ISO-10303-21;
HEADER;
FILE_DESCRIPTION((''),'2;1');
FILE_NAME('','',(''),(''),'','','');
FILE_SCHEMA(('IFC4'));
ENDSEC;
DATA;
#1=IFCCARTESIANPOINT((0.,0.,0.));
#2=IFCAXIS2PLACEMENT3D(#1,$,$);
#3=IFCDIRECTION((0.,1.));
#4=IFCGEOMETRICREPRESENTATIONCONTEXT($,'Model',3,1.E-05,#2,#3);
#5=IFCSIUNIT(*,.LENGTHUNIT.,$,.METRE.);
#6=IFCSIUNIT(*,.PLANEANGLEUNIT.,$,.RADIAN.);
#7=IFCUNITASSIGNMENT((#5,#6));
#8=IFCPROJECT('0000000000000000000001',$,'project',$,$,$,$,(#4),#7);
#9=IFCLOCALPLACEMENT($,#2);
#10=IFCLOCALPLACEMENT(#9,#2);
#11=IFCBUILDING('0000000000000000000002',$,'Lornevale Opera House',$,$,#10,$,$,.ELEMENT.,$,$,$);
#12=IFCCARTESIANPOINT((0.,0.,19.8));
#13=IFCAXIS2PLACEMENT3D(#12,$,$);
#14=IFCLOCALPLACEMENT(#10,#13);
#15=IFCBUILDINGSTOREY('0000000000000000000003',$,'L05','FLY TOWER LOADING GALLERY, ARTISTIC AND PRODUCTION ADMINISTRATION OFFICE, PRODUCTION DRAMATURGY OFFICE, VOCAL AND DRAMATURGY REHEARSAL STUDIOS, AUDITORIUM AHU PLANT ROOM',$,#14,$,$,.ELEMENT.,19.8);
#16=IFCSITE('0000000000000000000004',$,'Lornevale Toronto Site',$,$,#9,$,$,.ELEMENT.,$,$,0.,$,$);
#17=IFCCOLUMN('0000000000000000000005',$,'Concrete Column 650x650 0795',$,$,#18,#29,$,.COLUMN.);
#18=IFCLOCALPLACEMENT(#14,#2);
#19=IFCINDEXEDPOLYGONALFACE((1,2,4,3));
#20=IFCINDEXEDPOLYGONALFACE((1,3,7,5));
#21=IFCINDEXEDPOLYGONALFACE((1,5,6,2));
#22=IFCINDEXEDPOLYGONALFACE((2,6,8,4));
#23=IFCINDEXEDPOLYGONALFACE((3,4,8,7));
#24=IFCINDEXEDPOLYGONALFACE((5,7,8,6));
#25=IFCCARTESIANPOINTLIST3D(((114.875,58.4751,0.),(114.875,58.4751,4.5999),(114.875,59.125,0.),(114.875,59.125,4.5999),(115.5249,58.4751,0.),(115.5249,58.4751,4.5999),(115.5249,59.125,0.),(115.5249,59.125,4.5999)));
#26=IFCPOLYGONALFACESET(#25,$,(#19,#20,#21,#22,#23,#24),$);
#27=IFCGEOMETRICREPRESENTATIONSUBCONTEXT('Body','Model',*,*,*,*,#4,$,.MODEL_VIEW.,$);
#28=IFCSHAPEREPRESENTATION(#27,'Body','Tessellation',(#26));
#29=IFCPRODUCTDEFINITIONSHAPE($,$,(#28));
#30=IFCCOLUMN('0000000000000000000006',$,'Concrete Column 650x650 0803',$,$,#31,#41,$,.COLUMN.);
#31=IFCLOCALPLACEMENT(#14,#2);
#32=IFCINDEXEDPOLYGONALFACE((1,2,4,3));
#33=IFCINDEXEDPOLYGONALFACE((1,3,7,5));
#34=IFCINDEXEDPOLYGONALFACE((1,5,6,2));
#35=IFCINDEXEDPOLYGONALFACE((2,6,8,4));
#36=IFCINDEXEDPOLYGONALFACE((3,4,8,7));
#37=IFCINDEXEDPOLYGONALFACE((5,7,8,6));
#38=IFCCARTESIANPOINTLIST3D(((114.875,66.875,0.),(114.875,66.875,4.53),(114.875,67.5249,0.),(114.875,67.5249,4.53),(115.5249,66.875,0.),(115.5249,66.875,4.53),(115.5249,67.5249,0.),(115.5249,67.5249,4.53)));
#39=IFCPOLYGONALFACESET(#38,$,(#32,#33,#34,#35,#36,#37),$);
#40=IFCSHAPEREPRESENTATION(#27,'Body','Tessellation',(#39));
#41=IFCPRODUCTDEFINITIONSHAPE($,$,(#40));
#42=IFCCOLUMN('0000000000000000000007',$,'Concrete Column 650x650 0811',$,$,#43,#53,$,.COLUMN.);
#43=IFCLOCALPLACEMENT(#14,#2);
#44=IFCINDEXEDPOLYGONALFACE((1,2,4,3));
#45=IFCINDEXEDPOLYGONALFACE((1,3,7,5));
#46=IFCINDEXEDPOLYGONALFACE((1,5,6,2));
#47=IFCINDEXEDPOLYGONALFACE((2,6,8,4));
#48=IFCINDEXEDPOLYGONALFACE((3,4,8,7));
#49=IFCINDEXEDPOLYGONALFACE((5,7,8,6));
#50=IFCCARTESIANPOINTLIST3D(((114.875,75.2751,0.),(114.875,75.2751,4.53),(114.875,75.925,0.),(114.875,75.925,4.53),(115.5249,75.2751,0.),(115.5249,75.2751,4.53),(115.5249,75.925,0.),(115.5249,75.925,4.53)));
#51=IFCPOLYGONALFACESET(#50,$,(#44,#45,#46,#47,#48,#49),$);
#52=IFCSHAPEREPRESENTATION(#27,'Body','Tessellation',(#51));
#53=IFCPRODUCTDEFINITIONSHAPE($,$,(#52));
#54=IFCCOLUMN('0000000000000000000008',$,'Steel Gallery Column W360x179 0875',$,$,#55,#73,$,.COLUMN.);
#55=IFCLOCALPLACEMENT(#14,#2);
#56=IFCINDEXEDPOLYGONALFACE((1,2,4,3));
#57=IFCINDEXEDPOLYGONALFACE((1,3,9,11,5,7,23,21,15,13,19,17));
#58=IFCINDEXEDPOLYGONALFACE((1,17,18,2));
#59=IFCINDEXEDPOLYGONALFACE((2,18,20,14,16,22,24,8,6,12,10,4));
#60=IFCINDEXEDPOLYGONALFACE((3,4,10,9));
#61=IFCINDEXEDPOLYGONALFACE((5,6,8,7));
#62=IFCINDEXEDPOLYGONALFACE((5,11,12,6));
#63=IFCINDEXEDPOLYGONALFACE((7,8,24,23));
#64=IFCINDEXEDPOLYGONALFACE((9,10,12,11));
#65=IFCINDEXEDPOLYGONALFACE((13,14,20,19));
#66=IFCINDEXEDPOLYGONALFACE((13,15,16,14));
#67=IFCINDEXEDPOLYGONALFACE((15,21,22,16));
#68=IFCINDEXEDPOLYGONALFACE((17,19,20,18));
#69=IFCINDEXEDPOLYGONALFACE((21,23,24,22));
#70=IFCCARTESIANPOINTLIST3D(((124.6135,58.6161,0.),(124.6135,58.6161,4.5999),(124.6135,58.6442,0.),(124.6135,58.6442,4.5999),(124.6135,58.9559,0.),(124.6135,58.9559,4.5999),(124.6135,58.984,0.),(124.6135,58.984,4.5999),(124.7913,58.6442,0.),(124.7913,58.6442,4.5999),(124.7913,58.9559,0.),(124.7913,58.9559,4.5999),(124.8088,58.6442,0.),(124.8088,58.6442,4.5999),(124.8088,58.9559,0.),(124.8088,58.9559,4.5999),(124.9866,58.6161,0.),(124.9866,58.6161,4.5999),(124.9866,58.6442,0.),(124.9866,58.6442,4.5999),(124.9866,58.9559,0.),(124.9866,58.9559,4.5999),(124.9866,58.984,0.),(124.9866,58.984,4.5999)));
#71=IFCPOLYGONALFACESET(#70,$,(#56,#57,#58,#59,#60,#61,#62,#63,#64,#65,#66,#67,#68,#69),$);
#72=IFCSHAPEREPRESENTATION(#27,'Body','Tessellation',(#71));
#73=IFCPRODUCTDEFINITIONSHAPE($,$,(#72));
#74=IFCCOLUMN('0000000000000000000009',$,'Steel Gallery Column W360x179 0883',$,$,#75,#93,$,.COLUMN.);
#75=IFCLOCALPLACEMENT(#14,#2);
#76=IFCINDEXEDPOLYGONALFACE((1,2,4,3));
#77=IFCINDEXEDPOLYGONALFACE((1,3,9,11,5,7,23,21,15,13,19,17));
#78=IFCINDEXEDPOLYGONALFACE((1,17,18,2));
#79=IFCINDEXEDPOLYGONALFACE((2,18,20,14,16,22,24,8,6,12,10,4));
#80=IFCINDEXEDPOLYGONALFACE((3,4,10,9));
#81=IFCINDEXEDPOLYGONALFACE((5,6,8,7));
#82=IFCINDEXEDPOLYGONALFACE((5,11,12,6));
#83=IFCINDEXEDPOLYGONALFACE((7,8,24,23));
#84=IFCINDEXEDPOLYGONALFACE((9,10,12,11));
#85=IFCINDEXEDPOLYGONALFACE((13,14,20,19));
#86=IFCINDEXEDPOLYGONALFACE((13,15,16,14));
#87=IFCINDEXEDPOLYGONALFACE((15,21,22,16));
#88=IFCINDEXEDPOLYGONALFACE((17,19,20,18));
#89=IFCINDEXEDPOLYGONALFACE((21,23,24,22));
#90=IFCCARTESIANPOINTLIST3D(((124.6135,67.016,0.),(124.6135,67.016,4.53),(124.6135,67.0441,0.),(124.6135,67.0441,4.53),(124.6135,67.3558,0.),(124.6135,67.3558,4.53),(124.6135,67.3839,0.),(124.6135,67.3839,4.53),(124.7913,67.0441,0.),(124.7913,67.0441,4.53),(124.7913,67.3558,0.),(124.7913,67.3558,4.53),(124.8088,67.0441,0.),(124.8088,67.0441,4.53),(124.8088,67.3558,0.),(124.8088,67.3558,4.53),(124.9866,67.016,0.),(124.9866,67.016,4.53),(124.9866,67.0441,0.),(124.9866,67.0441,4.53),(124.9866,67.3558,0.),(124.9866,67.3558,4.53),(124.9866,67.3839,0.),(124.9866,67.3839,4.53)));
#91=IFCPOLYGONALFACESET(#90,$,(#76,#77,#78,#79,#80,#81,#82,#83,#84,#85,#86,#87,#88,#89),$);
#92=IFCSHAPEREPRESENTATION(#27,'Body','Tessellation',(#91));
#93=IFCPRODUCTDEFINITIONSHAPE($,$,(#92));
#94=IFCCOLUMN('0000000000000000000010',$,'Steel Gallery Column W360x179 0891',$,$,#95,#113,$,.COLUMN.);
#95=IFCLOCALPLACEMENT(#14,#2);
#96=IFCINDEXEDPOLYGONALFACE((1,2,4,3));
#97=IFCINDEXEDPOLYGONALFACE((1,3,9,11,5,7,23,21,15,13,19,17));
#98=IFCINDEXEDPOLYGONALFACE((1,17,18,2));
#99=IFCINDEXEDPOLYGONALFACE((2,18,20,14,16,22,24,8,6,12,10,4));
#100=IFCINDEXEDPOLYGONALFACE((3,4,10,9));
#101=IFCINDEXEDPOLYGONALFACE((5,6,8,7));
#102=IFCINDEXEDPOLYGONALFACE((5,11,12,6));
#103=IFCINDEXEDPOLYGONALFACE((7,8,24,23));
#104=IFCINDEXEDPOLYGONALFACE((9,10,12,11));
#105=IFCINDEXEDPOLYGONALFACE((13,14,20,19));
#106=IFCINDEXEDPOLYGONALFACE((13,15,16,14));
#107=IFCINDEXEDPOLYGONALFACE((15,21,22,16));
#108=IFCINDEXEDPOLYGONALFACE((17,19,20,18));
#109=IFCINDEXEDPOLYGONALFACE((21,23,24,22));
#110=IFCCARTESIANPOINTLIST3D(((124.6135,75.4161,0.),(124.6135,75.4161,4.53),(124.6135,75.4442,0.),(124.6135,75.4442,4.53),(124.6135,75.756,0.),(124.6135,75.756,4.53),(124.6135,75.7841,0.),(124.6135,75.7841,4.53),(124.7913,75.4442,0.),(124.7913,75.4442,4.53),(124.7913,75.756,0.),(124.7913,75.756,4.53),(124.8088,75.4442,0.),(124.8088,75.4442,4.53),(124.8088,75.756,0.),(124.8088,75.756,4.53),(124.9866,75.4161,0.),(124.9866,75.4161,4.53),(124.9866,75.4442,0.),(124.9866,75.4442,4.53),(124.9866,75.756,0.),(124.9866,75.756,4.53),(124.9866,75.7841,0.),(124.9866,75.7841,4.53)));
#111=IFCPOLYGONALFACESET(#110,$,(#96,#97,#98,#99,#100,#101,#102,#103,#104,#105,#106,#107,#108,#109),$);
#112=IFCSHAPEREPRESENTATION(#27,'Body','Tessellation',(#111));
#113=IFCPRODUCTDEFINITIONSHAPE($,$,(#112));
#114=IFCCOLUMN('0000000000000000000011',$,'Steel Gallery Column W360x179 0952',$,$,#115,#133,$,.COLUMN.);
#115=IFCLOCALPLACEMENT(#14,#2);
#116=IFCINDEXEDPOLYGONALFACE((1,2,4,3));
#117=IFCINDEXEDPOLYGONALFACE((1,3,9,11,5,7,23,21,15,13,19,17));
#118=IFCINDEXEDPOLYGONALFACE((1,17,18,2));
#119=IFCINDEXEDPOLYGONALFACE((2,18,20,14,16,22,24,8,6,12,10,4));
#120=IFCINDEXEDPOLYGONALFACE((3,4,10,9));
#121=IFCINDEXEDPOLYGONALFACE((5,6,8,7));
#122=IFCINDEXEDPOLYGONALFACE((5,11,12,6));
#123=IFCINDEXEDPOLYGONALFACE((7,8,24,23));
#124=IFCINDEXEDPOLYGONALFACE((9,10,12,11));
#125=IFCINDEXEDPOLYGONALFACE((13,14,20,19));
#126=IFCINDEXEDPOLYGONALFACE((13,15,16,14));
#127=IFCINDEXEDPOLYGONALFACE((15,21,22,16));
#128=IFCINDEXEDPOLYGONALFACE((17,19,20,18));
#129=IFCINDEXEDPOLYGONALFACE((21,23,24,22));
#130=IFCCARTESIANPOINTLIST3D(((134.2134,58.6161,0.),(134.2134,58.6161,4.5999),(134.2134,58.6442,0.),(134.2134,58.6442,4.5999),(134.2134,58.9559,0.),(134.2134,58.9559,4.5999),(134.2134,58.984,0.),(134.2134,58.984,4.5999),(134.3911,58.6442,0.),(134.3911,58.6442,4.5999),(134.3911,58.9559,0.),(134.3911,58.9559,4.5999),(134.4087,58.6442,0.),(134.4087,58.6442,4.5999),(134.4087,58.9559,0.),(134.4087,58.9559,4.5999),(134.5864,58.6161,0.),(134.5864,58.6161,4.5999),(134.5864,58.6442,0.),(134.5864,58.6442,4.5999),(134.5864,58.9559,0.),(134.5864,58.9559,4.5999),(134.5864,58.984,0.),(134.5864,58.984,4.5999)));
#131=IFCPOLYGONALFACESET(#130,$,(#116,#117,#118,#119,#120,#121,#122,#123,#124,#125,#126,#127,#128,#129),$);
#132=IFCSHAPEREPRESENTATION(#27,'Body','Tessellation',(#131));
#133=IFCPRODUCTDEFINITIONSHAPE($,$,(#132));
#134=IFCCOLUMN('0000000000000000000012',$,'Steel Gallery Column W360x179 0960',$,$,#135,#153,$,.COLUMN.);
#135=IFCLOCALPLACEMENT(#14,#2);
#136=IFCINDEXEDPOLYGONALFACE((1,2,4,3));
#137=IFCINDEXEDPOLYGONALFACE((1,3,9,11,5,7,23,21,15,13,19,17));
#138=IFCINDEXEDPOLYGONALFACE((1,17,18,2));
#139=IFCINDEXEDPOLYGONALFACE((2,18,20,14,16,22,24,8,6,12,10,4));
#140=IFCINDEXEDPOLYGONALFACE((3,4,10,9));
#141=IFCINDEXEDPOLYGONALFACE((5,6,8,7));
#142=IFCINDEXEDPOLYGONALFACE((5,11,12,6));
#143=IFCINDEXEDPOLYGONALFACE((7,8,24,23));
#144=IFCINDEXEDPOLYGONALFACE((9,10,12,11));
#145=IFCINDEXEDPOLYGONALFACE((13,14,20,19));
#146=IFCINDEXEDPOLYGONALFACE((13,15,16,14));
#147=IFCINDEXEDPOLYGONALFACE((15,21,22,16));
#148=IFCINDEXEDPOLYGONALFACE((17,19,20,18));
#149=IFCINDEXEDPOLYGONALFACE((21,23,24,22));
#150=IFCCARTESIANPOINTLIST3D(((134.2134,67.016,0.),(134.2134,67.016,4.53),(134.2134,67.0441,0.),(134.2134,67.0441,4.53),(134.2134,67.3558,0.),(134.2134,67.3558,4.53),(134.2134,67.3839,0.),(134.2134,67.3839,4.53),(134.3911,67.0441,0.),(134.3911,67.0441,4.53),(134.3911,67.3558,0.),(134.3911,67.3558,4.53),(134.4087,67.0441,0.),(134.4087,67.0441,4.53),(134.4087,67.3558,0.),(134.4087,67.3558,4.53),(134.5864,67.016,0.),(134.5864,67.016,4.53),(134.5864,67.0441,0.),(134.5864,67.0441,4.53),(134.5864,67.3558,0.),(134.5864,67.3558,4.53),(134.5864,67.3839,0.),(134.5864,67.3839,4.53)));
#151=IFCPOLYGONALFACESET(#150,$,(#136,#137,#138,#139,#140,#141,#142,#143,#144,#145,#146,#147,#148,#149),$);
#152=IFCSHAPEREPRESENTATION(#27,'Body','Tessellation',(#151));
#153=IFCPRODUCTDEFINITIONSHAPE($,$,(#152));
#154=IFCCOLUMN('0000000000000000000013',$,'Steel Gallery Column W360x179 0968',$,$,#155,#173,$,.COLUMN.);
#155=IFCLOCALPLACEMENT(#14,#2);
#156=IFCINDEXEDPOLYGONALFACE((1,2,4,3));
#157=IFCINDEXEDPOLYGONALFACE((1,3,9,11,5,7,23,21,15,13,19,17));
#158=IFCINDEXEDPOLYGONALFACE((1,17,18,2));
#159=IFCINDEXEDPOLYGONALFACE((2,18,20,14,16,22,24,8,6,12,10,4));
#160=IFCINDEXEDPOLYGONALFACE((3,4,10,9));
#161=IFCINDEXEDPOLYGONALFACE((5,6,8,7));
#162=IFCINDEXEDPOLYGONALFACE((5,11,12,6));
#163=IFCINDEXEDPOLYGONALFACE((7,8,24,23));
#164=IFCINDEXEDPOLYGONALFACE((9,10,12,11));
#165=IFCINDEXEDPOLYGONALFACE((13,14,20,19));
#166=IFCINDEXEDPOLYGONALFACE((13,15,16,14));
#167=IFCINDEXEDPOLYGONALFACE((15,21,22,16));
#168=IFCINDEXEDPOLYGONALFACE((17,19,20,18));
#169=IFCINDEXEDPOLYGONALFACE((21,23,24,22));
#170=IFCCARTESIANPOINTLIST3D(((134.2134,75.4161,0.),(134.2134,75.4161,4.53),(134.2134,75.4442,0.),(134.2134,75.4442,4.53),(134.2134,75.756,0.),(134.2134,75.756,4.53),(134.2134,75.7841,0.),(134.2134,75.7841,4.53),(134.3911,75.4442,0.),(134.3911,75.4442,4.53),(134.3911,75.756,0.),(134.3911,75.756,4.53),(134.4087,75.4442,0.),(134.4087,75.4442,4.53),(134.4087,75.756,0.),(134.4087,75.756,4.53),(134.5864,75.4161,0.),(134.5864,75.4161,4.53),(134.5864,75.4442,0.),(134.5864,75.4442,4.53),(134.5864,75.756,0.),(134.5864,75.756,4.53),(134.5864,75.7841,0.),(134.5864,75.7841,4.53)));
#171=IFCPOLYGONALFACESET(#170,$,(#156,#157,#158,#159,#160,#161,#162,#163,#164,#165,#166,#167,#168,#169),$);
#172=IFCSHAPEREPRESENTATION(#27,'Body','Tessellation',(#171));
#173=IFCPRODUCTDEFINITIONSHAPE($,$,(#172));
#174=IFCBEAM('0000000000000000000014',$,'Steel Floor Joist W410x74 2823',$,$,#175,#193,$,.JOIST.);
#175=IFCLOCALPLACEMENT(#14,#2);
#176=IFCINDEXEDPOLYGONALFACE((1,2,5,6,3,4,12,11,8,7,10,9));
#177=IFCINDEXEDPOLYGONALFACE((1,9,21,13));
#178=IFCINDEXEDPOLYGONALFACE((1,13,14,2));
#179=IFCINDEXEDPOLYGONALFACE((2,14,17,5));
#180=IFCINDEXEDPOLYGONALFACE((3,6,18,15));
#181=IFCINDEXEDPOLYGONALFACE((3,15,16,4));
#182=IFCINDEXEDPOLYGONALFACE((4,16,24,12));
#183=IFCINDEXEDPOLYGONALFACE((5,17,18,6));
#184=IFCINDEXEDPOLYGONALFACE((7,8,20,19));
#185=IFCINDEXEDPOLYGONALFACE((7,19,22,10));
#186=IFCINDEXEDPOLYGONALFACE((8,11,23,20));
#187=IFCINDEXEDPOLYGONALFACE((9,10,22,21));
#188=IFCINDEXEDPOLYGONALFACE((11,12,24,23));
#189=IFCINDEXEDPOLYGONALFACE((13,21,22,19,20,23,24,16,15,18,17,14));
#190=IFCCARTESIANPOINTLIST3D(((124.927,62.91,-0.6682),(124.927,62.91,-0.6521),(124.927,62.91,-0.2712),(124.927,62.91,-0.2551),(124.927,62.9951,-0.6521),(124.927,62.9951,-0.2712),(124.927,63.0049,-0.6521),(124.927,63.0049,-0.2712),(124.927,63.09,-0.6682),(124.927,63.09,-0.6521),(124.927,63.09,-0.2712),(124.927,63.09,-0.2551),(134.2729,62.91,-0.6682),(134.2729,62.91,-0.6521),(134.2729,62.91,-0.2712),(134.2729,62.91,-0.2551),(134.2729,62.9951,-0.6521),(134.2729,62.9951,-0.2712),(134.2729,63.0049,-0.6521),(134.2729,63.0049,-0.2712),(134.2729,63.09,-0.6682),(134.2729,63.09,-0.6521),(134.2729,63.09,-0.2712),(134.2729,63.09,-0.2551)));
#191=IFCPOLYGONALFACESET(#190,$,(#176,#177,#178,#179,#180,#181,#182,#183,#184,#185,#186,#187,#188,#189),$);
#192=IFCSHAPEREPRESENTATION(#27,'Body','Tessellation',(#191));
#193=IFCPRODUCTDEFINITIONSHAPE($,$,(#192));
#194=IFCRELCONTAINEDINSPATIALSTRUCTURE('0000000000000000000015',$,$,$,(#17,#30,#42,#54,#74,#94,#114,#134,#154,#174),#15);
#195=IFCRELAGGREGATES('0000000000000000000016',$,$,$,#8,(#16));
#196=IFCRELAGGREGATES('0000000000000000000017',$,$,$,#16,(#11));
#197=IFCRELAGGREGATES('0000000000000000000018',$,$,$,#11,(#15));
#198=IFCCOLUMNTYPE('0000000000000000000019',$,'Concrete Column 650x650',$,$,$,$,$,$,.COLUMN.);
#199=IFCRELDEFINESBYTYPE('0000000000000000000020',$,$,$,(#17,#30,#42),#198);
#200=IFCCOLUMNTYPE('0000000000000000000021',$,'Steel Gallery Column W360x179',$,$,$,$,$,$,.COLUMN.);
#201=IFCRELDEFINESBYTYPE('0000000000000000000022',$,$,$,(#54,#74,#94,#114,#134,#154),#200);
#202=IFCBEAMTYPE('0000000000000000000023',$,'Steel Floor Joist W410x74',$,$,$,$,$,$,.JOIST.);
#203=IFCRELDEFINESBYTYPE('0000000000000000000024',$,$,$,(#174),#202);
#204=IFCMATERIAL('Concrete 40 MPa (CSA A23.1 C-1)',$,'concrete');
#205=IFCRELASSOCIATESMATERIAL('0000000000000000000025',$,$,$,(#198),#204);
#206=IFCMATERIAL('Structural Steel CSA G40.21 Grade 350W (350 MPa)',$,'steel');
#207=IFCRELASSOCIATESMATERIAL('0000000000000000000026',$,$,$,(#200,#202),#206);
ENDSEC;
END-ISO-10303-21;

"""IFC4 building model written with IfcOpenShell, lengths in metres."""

from ifc_helpers import new_model, si_unit, direction, frame, origin, origin_2d, place, context, subcontext, project, spatial, rectangle, i_section, extrude, material, material_profile, profile_set, type_object, element, save


model = new_model("IFC4")

# Units and contexts
model_context = context("Model", 3, precision=1e-05, world=origin(), true_north=direction((0.0, 1.0)))
body_context = subcontext(model_context, "Body", "Model", "MODEL_VIEW")
ifc_project = project(units=[si_unit("LENGTHUNIT", "METRE"), si_unit("PLANEANGLEUNIT", "RADIAN")], contexts=[model_context])

# Site, building, storey
site_placement = place(None, origin())
site = spatial("IfcSite", under=ifc_project, at=site_placement, Name="Lornevale Toronto Site", CompositionType="ELEMENT", RefElevation=0.0)
building_placement = place(site_placement, origin())
building = spatial("IfcBuilding", under=site, at=building_placement, Name="Lornevale Opera House", CompositionType="ELEMENT")
storey_placement = place(building_placement, frame((0.0, 0.0, 19.8)))
storey = spatial("IfcBuildingStorey", under=building, at=storey_placement, Name="L05", Description="FLY TOWER LOADING GALLERY, ARTISTIC AND PRODUCTION ADMINISTRATION OFFICE, PRODUCTION DRAMATURGY OFFICE, VOCAL AND DRAMATURGY REHEARSAL STUDIOS, AUDITORIUM AHU PLANT ROOM", CompositionType="ELEMENT", Elevation=19.8)

# Columns
ifc_material_1 = material(Name="Concrete 40 MPa (CSA A23.1 C-1)", Category="concrete")
ifc_material_profile_1 = material_profile(ifc_material_1, rectangle(XDim=0.6499, YDim=0.6499, at=origin_2d()), Name="RC650x650")
ifc_profile_set_1 = profile_set([ifc_material_profile_1], Name="Concrete 40 MPa (CSA A23.1 C-1)")
column_type_1 = type_object("IfcColumnType", Name="Concrete Column 650x650", PredefinedType="COLUMN", material=ifc_profile_set_1)
column_1_placement = place(storey_placement, frame((115.2, 58.8, 0.0), z_axis=(0.0, 0.0, 1.0), x_axis=(1.0, 0.0, 0.0)))
element("IfcColumn", 1, at=column_1_placement, inside=storey, type_object=column_type_1, Name="Concrete Column 650x650 0795", PredefinedType="COLUMN", context=body_context, shape_type="SweptSolid", body=[
    extrude(rectangle(XDim=0.6499, YDim=0.6499, at=origin_2d()), origin(), (0.0, 0.0, 1.0), 4.5999),
])
for number, where, z_axis, x_axis, name in (
    (2, (115.2, 67.2, 0.0), (0.0, 0.0, 1.0), (1.0, 0.0, 0.0), "Concrete Column 650x650 0803"),
    (3, (115.2, 75.6001, 0.0), (0.0, 0.0, 1.0), (1.0, 0.0, 0.0), "Concrete Column 650x650 0811"),
):
    element("IfcColumn", number, at=place(storey_placement, frame(where, z_axis=z_axis, x_axis=x_axis)), inside=storey, type_object=column_type_1, Name=name, PredefinedType="COLUMN", context=body_context, shape_type="SweptSolid", body=[
        extrude(rectangle(XDim=0.6499, YDim=0.6499, at=origin_2d()), origin(), (0.0, 0.0, 1.0), 4.53),
    ])
ifc_material_2 = material(Name="Structural Steel CSA G40.21 Grade 350W (350 MPa)", Category="steel")
ifc_material_profile_2 = material_profile(ifc_material_2, i_section(OverallWidth=0.373, OverallDepth=0.3679, WebThickness=0.0176, FlangeThickness=0.0281, at=origin_2d()), Name="W360x179")
ifc_profile_set_2 = profile_set([ifc_material_profile_2], Name="Structural Steel CSA G40.21 Grade 350W (350 MPa)")
column_type_2 = type_object("IfcColumnType", Name="Steel Gallery Column W360x179", PredefinedType="COLUMN", material=ifc_profile_set_2)
column_2_placement = place(storey_placement, frame((124.8, 58.8, 0.0), z_axis=(0.0, 0.0, 1.0), x_axis=(1.0, 0.0, 0.0)))
element("IfcColumn", 4, at=column_2_placement, inside=storey, type_object=column_type_2, Name="Steel Gallery Column W360x179 0875", PredefinedType="COLUMN", context=body_context, shape_type="SweptSolid", body=[
    extrude(i_section(OverallWidth=0.373, OverallDepth=0.3679, WebThickness=0.0176, FlangeThickness=0.0281, at=origin_2d()), origin(), (0.0, 0.0, 1.0), 4.5999),
])
for number, where, z_axis, x_axis, name in (
    (5, (124.8, 67.2, 0.0), (0.0, 0.0, 1.0), (1.0, 0.0, 0.0), "Steel Gallery Column W360x179 0883"),
    (6, (124.8, 75.6001, 0.0), (0.0, 0.0, 1.0), (1.0, 0.0, 0.0), "Steel Gallery Column W360x179 0891"),
):
    element("IfcColumn", number, at=place(storey_placement, frame(where, z_axis=z_axis, x_axis=x_axis)), inside=storey, type_object=column_type_2, Name=name, PredefinedType="COLUMN", context=body_context, shape_type="SweptSolid", body=[
        extrude(i_section(OverallWidth=0.373, OverallDepth=0.3679, WebThickness=0.0176, FlangeThickness=0.0281, at=origin_2d()), origin(), (0.0, 0.0, 1.0), 4.53),
    ])
column_3_placement = place(storey_placement, frame((134.3999, 58.8, 0.0), z_axis=(0.0, 0.0, 1.0), x_axis=(1.0, 0.0, 0.0)))
element("IfcColumn", 7, at=column_3_placement, inside=storey, type_object=column_type_2, Name="Steel Gallery Column W360x179 0952", PredefinedType="COLUMN", context=body_context, shape_type="SweptSolid", body=[
    extrude(i_section(OverallWidth=0.373, OverallDepth=0.3679, WebThickness=0.0176, FlangeThickness=0.0281, at=origin_2d()), origin(), (0.0, 0.0, 1.0), 4.5999),
])
for number, where, z_axis, x_axis, name in (
    (8, (134.3999, 67.2, 0.0), (0.0, 0.0, 1.0), (1.0, 0.0, 0.0), "Steel Gallery Column W360x179 0960"),
    (9, (134.3999, 75.6001, 0.0), (0.0, 0.0, 1.0), (1.0, 0.0, 0.0), "Steel Gallery Column W360x179 0968"),
):
    element("IfcColumn", number, at=place(storey_placement, frame(where, z_axis=z_axis, x_axis=x_axis)), inside=storey, type_object=column_type_2, Name=name, PredefinedType="COLUMN", context=body_context, shape_type="SweptSolid", body=[
        extrude(i_section(OverallWidth=0.373, OverallDepth=0.3679, WebThickness=0.0176, FlangeThickness=0.0281, at=origin_2d()), origin(), (0.0, 0.0, 1.0), 4.53),
    ])

# Beam
ifc_material_profile_3 = material_profile(ifc_material_2, i_section(OverallWidth=0.1799, OverallDepth=0.4131, WebThickness=0.0098, FlangeThickness=0.0161, at=origin_2d()), Name="W410x74")
ifc_profile_set_3 = profile_set([ifc_material_profile_3], Name="Structural Steel CSA G40.21 Grade 350W (350 MPa)")
beam_type_1 = type_object("IfcBeamType", Name="Steel Floor Joist W410x74", PredefinedType="JOIST", material=ifc_profile_set_3)
for number, where, z_axis, x_axis, name in (
    (10, (124.927, 63.0, -0.4617), (1.0, 0.0, 0.0), (0.0, 1.0, 0.0), "Steel Floor Joist W410x74 2823"),
):
    element("IfcBeam", number, at=place(storey_placement, frame(where, z_axis=z_axis, x_axis=x_axis)), inside=storey, type_object=beam_type_1, Name=name, PredefinedType="JOIST", context=body_context, shape_type="SweptSolid", body=[
        extrude(i_section(OverallWidth=0.1799, OverallDepth=0.4131, WebThickness=0.0098, FlangeThickness=0.0161, at=origin_2d()), origin(), (0.0, 0.0, 1.0), 9.3459),
    ])

save(model, "model.ifc")
